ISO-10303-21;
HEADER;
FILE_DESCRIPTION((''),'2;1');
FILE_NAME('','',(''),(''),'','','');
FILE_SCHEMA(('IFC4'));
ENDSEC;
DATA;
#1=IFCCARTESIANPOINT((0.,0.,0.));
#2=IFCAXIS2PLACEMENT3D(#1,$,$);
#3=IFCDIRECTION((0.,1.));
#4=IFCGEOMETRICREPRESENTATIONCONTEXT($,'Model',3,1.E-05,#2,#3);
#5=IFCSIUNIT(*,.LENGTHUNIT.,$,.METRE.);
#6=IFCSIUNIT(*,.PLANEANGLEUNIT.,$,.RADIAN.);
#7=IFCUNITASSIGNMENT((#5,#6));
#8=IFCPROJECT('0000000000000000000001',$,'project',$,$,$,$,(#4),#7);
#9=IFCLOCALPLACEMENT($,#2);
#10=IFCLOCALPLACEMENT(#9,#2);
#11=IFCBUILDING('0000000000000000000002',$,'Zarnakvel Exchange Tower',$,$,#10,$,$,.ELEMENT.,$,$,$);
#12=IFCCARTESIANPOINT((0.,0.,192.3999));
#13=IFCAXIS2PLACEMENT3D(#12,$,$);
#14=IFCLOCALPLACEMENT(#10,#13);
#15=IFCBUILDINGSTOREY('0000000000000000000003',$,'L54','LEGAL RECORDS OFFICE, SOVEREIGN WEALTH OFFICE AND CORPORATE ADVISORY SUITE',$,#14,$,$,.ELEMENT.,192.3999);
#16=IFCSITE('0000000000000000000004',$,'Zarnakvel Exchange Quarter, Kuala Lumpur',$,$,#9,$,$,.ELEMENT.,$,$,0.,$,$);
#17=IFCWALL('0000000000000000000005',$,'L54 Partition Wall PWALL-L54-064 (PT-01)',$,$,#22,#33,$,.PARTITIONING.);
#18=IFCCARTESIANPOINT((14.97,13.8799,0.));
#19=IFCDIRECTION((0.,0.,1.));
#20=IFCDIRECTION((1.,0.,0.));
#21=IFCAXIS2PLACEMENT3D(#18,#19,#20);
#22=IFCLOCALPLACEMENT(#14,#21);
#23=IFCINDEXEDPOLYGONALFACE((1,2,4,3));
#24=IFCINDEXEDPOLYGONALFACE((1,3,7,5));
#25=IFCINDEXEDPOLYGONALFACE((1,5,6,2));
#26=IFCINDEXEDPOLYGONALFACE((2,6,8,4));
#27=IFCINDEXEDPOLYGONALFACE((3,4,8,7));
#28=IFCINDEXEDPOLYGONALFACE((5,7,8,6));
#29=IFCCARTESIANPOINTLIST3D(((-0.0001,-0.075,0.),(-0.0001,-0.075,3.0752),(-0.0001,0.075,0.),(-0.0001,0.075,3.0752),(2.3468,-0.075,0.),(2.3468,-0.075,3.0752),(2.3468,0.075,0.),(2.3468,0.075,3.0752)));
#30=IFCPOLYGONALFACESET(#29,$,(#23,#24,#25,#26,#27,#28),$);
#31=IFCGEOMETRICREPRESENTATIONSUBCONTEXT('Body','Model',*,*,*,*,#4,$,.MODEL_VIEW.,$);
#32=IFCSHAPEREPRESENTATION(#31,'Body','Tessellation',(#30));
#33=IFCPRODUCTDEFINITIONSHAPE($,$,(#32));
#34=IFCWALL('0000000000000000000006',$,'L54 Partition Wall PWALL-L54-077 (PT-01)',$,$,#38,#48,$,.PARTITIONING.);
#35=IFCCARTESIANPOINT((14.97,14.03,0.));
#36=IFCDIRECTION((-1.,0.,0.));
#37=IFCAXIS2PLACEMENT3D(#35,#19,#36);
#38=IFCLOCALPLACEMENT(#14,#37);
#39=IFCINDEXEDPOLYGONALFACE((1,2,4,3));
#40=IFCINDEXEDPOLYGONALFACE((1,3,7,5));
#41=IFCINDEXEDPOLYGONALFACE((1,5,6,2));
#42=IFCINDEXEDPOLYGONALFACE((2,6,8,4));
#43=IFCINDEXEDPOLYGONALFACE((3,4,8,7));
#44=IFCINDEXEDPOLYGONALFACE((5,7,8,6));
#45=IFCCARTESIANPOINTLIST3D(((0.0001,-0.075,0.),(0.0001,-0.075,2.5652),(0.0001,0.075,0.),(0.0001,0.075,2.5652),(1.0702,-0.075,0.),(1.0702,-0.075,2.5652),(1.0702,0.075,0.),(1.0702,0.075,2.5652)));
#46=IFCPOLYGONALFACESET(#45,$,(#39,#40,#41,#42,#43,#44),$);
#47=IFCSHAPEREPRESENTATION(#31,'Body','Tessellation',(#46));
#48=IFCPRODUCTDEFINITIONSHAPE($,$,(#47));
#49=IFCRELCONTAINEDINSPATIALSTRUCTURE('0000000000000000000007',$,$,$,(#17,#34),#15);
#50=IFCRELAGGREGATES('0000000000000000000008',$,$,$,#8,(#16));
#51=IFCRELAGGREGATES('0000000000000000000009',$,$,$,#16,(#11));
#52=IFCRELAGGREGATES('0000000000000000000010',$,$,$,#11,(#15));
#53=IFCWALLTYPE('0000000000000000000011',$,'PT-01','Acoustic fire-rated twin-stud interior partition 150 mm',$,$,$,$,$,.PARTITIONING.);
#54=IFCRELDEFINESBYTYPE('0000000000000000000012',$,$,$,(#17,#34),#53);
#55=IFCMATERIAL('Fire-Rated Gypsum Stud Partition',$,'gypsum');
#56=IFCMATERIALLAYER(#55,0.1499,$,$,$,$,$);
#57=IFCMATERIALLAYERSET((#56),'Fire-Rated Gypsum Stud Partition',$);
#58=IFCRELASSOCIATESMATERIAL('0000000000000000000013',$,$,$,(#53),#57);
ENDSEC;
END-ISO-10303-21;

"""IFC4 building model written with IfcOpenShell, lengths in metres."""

from ifc_helpers import new_model, si_unit, direction, frame, frame_2d, origin, place, context, subcontext, project, spatial, rectangle, extrude, material, layer, layer_set, type_object, element, save


model = new_model("IFC4")

# Units and contexts
model_context = context("Model", 3, precision=1e-05, world=origin(), true_north=direction((0.0, 1.0)))
body_context = subcontext(model_context, "Body", "Model", "MODEL_VIEW")
ifc_project = project(units=[si_unit("LENGTHUNIT", "METRE"), si_unit("PLANEANGLEUNIT", "RADIAN")], contexts=[model_context])

# Site, building, storey
site_placement = place(None, origin())
site = spatial("IfcSite", under=ifc_project, at=site_placement, Name="Zarnakvel Exchange Quarter, Kuala Lumpur", CompositionType="ELEMENT", RefElevation=0.0)
building_placement = place(site_placement, origin())
building = spatial("IfcBuilding", under=site, at=building_placement, Name="Zarnakvel Exchange Tower", CompositionType="ELEMENT")
storey_placement = place(building_placement, frame((0.0, 0.0, 192.3999)))
storey = spatial("IfcBuildingStorey", under=building, at=storey_placement, Name="L54", Description="LEGAL RECORDS OFFICE, SOVEREIGN WEALTH OFFICE AND CORPORATE ADVISORY SUITE", CompositionType="ELEMENT", Elevation=192.3999)

# Walls
ifc_material_1 = material(Name="Fire-Rated Gypsum Stud Partition", Category="gypsum")
ifc_layer_1 = layer(ifc_material_1, 0.1499)
ifc_layer_set_1 = layer_set([ifc_layer_1], Name="Fire-Rated Gypsum Stud Partition")
wall_type_1 = type_object("IfcWallType", Name="PT-01", Description="Acoustic fire-rated twin-stud interior partition 150 mm", PredefinedType="PARTITIONING", material=ifc_layer_set_1)
wall_1_placement = place(storey_placement, frame((14.97, 13.8799, 0.0), z_axis=(0.0, 0.0, 1.0), x_axis=(1.0, 0.0, 0.0)))
element("IfcWall", 1, at=wall_1_placement, inside=storey, type_object=wall_type_1, Name="L54 Partition Wall PWALL-L54-064 (PT-01)", PredefinedType="PARTITIONING", context=body_context, shape_type="SweptSolid", body=[
    extrude(rectangle(XDim=2.3469, YDim=0.1499, at=frame_2d((1.1733, 0.0))), origin(), (0.0, 0.0, 1.0), 3.0752),
])
wall_2_placement = place(storey_placement, frame((14.97, 14.03, 0.0), z_axis=(0.0, 0.0, 1.0), x_axis=(-1.0, 0.0, 0.0)))
element("IfcWall", 2, at=wall_2_placement, inside=storey, type_object=wall_type_1, Name="L54 Partition Wall PWALL-L54-077 (PT-01)", PredefinedType="PARTITIONING", context=body_context, shape_type="SweptSolid", body=[
    extrude(rectangle(XDim=1.0701, YDim=0.1499, at=frame_2d((0.5352, 0.0))), origin(), (0.0, 0.0, 1.0), 2.5652),
])

save(model, "model.ifc")
